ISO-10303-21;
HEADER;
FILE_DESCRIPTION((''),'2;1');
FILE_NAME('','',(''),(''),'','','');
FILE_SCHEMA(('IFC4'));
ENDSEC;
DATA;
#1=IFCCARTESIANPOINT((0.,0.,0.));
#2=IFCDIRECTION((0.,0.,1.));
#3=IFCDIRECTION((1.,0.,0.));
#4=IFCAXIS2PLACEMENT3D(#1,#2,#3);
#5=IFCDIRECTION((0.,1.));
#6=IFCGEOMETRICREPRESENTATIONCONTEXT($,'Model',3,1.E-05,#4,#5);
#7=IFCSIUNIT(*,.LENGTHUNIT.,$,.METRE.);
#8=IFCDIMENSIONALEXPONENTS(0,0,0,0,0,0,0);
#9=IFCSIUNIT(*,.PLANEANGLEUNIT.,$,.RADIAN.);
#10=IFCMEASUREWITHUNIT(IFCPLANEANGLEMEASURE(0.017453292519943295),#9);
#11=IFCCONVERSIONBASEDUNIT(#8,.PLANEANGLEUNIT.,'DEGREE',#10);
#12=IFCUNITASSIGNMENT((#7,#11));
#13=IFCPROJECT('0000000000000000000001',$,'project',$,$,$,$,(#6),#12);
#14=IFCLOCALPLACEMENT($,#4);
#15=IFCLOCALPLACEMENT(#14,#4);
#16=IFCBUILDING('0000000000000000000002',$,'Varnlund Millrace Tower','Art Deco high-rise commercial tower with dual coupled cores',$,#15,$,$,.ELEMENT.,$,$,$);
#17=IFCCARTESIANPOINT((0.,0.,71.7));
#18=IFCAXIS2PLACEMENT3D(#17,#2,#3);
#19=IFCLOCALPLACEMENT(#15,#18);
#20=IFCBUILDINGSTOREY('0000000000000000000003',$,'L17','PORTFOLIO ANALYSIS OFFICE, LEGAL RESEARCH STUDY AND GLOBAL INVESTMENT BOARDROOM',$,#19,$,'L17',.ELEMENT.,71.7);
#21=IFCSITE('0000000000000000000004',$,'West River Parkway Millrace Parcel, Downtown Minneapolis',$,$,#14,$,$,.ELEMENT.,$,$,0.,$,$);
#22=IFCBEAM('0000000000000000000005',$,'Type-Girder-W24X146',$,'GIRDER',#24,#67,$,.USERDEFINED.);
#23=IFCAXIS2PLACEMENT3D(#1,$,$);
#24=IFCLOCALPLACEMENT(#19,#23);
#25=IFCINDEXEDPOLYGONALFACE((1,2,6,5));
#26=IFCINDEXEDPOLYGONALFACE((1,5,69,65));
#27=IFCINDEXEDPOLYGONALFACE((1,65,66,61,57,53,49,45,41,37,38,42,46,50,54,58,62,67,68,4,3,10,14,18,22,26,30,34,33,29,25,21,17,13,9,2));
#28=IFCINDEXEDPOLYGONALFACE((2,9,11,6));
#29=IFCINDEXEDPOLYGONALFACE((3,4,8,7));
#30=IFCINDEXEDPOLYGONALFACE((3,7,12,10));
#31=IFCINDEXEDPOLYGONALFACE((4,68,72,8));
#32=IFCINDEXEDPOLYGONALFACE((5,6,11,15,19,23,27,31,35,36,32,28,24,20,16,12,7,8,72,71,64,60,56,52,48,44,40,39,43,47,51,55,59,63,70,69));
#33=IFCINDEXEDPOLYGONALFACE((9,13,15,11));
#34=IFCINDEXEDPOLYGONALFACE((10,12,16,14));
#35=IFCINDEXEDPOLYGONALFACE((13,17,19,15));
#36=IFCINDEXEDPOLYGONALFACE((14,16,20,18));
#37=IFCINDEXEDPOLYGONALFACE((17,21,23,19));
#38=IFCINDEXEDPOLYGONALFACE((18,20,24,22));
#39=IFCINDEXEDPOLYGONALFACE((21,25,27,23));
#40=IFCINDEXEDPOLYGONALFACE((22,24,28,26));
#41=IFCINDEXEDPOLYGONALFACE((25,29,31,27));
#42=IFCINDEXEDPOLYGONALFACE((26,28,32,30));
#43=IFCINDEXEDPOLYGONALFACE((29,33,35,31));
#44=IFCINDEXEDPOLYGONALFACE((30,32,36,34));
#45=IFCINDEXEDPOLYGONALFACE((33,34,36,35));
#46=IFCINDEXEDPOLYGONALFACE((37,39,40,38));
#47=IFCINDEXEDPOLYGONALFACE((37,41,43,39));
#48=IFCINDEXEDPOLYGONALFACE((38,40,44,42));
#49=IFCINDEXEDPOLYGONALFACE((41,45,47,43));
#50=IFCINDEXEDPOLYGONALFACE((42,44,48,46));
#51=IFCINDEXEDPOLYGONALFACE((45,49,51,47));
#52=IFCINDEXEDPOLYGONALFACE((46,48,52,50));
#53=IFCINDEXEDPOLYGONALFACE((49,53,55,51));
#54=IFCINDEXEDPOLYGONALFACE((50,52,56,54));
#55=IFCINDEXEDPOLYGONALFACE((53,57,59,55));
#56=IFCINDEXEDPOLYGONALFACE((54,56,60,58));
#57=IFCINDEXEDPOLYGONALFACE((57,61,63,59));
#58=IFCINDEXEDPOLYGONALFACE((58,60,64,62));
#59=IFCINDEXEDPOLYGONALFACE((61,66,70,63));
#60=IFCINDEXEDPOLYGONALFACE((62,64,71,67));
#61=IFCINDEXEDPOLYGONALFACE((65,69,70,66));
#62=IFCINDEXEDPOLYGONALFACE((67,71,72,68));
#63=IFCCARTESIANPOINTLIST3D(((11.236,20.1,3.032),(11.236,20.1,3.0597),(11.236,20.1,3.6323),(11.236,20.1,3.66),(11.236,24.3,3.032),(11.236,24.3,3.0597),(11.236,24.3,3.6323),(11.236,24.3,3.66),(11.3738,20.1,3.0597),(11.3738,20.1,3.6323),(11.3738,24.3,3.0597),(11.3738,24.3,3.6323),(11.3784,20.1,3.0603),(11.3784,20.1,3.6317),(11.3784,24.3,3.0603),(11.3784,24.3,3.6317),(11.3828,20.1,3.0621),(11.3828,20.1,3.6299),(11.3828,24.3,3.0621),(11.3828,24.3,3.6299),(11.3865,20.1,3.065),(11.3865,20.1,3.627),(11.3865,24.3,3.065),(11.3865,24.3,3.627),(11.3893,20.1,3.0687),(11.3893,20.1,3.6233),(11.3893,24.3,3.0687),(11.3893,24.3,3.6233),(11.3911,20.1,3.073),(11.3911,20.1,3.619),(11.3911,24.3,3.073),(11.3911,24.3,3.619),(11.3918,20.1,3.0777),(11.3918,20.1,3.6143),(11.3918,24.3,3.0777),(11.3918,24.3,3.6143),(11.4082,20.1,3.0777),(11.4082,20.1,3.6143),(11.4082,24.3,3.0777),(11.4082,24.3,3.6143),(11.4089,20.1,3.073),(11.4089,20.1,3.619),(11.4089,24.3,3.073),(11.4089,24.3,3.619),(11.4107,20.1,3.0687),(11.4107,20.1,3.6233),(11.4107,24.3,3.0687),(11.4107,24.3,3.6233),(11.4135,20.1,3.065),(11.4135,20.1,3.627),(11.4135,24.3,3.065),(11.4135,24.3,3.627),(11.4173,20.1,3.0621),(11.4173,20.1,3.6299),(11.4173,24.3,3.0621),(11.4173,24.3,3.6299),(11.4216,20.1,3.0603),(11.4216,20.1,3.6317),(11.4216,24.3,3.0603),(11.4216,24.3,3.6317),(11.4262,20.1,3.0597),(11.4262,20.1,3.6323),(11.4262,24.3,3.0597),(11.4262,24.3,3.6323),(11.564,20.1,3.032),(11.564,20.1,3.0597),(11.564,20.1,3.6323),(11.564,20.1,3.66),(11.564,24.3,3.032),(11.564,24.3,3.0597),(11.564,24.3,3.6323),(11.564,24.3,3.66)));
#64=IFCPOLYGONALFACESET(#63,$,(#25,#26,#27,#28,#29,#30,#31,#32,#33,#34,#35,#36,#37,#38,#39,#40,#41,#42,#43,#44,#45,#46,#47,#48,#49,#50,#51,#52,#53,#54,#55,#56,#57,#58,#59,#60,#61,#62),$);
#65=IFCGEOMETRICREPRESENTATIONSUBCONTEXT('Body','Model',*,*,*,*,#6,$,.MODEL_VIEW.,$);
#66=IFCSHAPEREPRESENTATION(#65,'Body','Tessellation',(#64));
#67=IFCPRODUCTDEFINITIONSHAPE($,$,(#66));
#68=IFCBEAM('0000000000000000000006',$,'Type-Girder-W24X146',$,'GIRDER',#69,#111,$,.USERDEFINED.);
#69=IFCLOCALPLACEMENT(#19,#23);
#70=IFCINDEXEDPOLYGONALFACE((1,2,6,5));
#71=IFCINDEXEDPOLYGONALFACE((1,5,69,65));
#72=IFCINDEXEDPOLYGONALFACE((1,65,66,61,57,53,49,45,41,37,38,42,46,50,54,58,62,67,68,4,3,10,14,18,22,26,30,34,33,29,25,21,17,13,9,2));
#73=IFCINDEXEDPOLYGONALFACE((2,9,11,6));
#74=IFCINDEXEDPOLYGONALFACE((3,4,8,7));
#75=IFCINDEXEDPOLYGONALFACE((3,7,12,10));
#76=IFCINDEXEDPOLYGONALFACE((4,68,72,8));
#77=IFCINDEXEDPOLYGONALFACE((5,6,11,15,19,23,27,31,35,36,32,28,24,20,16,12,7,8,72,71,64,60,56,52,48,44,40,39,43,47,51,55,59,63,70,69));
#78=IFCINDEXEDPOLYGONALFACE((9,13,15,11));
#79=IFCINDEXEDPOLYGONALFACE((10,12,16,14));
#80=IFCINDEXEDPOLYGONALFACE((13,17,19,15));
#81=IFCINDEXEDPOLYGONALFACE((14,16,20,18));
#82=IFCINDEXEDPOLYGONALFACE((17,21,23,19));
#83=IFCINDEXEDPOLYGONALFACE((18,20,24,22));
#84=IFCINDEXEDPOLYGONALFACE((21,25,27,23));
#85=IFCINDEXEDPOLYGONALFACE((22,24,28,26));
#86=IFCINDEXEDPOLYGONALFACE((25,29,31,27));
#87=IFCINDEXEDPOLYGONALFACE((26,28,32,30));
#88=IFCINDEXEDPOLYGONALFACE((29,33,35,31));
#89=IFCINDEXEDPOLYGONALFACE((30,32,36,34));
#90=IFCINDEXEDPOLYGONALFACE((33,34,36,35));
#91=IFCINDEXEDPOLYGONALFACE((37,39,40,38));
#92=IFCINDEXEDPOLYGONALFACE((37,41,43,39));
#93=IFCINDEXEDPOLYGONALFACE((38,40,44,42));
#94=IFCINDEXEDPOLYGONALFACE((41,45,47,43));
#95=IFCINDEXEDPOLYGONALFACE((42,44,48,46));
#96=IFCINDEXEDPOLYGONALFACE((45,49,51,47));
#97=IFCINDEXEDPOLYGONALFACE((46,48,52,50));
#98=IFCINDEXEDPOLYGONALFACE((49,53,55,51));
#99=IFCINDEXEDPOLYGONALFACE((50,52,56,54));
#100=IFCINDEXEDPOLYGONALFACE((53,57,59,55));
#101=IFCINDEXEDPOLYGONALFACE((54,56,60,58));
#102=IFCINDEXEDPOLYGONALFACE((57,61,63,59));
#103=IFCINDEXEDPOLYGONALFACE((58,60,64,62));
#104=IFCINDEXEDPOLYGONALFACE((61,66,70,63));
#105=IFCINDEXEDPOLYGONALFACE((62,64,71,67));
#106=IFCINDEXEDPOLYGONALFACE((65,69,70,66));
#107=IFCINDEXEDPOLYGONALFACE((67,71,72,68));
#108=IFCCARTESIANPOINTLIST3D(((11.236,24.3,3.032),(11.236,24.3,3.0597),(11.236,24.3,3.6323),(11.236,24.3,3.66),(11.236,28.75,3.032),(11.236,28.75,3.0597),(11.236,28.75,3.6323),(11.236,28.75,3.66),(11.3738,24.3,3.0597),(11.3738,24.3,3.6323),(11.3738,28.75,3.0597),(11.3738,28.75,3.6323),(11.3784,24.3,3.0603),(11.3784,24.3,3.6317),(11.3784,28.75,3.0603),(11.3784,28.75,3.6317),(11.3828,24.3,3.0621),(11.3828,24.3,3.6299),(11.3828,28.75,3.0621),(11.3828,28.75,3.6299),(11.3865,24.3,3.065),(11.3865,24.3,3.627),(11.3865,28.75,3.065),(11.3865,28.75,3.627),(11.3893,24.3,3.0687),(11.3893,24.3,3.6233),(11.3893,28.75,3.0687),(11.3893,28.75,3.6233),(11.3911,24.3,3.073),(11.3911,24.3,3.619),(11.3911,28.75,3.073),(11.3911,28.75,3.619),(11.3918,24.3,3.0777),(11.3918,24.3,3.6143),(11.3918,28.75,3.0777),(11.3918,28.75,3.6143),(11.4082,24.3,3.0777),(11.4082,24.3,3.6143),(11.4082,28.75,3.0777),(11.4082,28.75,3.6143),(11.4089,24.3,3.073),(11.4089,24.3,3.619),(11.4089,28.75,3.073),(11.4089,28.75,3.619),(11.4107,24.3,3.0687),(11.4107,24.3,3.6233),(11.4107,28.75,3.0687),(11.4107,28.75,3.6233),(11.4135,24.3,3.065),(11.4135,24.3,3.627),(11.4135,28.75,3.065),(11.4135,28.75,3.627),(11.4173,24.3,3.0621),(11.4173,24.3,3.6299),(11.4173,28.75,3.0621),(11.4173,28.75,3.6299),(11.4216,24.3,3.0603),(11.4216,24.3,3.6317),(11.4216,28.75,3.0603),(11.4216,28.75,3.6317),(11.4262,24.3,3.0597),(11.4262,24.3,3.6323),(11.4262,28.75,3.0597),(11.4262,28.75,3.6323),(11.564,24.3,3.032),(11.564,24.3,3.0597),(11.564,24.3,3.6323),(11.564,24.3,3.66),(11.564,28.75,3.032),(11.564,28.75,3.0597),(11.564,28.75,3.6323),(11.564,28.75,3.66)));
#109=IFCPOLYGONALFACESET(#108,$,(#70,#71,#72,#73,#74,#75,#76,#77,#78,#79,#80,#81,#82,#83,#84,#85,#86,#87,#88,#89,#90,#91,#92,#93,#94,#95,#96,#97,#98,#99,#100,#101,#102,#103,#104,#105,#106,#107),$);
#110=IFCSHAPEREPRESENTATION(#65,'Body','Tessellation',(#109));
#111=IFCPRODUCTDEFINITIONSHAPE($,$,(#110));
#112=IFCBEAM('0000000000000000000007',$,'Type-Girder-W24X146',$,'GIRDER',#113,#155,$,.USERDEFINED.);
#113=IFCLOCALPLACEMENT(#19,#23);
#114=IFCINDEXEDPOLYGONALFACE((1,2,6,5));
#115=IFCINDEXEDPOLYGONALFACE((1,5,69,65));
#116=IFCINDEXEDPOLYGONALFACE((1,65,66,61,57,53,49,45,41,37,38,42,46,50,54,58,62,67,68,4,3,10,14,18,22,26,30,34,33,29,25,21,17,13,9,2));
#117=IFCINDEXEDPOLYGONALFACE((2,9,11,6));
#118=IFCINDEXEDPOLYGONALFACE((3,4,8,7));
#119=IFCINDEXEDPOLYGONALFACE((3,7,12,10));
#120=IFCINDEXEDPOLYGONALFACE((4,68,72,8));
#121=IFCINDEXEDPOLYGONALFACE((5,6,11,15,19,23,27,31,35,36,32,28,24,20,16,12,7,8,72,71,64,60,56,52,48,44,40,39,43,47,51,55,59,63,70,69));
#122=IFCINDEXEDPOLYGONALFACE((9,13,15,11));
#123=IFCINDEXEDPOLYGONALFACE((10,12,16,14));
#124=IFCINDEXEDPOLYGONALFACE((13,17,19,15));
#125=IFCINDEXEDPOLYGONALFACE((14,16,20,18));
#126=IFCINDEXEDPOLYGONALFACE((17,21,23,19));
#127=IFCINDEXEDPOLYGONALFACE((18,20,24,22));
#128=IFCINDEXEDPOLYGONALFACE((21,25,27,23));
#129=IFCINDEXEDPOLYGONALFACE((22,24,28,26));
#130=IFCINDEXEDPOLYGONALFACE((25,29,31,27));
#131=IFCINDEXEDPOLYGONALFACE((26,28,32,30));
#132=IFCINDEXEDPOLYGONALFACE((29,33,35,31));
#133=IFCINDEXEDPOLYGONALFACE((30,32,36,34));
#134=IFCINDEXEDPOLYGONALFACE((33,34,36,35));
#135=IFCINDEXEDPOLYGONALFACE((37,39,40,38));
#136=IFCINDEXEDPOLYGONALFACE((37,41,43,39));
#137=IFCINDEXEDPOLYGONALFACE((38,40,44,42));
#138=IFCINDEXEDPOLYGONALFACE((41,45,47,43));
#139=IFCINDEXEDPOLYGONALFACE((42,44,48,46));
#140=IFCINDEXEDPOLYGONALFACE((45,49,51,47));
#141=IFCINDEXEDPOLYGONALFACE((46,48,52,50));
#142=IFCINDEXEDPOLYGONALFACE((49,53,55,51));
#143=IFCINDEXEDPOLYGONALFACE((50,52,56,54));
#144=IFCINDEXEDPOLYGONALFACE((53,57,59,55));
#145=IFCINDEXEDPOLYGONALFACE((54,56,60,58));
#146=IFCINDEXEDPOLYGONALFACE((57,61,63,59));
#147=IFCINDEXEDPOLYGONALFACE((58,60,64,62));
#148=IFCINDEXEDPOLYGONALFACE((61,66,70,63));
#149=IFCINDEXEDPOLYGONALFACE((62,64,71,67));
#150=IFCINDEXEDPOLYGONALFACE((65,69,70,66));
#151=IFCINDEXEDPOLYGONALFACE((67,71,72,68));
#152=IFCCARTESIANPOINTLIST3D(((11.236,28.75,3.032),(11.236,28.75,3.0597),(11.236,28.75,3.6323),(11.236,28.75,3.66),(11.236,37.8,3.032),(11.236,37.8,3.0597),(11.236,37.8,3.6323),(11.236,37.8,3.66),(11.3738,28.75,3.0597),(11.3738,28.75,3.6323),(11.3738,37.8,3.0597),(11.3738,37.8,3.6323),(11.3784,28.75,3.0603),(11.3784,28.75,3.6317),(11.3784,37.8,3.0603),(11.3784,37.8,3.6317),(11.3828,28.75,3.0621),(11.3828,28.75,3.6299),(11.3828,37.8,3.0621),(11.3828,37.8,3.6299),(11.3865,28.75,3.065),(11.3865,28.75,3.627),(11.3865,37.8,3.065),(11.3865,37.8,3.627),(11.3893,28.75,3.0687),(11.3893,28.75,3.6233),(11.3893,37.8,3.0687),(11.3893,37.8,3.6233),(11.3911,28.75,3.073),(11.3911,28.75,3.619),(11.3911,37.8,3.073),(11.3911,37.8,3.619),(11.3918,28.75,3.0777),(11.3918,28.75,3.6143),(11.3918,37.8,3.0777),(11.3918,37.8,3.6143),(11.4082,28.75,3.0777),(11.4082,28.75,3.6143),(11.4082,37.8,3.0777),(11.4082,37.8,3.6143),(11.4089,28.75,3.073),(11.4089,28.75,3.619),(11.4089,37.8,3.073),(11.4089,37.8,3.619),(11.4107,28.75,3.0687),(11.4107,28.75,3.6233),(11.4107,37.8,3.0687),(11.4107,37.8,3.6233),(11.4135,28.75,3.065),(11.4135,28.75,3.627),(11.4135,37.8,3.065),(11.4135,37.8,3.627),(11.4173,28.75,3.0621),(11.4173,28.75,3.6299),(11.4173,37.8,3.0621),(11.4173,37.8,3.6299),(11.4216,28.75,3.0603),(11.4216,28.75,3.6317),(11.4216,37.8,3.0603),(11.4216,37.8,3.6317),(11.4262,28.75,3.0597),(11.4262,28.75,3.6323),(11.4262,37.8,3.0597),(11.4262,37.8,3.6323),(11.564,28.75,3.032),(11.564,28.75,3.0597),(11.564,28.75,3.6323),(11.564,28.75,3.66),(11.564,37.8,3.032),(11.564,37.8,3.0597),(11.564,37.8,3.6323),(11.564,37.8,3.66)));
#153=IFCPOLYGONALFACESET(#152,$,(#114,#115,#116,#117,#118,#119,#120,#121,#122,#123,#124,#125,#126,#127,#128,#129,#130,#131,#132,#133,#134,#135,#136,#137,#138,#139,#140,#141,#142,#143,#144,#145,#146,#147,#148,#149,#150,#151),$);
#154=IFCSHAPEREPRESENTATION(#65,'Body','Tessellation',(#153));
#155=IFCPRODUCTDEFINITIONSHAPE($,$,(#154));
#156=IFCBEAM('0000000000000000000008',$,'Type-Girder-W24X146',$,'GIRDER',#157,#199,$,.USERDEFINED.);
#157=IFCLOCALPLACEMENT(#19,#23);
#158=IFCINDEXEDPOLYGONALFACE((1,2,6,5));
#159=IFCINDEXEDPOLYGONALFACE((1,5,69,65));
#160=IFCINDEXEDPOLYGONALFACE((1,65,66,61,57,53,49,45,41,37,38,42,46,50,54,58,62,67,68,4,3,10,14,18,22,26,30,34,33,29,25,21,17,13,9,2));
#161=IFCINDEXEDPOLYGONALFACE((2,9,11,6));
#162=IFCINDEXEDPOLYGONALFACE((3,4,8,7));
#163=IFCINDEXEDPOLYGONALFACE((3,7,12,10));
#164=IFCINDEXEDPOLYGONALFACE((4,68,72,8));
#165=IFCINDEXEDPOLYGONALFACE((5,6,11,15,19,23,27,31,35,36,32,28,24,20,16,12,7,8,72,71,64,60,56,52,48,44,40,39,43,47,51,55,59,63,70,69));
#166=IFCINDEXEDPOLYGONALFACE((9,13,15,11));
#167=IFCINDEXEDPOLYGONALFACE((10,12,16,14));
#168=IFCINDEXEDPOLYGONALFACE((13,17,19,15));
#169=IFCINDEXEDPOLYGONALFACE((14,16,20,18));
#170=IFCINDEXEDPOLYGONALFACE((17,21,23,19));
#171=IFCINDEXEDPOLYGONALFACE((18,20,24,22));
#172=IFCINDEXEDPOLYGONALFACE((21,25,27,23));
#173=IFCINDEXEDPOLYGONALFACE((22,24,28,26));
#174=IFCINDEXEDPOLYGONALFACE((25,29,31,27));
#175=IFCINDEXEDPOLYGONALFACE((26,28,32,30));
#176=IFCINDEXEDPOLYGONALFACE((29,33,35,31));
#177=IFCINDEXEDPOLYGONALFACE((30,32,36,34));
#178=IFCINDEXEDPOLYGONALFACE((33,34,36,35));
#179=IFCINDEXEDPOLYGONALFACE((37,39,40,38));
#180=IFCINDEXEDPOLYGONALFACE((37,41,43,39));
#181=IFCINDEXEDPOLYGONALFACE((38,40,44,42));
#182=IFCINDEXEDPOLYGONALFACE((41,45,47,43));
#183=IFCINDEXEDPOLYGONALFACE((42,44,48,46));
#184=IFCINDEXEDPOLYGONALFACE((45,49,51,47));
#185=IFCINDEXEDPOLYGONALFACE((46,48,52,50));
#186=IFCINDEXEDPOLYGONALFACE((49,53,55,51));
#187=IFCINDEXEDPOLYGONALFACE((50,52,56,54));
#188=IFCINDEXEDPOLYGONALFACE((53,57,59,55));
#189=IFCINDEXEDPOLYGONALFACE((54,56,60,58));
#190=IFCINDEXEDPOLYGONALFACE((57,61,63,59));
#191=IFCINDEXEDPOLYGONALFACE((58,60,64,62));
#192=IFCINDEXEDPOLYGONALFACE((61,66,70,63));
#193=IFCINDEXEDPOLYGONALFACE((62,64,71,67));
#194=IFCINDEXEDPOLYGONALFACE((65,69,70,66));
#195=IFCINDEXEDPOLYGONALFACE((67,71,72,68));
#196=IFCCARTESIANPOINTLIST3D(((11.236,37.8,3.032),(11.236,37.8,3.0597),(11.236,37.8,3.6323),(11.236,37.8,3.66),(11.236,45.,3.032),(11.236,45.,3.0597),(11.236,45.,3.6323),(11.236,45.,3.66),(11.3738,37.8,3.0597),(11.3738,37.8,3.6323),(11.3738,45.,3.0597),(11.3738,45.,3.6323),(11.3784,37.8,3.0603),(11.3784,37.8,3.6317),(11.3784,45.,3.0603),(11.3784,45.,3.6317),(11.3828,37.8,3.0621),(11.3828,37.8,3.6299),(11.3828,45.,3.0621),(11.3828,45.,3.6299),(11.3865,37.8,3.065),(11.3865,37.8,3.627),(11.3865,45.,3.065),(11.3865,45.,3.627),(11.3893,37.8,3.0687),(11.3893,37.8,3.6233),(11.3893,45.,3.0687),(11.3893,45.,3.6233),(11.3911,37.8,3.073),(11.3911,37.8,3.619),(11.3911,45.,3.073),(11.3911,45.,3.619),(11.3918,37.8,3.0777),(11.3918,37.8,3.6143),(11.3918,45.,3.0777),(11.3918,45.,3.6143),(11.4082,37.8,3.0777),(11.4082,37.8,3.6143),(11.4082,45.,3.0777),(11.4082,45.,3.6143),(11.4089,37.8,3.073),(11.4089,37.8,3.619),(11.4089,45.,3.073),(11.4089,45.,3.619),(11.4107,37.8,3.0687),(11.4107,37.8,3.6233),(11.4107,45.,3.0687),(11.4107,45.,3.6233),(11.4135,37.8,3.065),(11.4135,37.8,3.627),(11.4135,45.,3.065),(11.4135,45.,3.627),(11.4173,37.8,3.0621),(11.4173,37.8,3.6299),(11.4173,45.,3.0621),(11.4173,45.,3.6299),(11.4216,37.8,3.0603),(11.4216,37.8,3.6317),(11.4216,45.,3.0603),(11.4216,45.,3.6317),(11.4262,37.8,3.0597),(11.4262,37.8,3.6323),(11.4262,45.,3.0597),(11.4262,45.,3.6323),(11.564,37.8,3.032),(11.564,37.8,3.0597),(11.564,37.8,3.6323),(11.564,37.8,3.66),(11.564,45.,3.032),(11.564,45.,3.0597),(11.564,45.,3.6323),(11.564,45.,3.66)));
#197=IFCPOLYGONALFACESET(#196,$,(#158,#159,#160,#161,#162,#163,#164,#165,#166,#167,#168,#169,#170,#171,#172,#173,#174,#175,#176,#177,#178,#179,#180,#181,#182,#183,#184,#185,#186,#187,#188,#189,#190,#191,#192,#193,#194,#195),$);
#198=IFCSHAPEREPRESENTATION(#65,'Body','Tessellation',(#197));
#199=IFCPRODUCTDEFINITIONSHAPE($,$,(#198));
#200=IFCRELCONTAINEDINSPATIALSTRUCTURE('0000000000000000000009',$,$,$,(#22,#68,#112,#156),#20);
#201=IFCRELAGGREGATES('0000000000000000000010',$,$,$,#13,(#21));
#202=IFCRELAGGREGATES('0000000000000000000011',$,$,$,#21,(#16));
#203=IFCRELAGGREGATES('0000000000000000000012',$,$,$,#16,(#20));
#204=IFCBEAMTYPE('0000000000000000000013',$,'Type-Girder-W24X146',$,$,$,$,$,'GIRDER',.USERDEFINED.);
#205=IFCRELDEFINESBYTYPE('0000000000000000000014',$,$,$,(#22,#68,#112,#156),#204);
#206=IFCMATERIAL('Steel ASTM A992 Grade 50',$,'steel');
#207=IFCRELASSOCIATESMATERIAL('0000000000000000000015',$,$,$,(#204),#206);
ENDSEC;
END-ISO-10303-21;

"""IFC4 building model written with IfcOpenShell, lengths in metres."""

from ifc_helpers import new_model, entity, si_unit, converted_unit, direction, frame, origin_with_axes, origin_2d_with_axis, place, context, subcontext, project, spatial, i_section, extrude, material, material_profile, profile_set, type_object, element, save


model = new_model("IFC4")

# Units and contexts
model_context = context("Model", 3, precision=1e-05, world=origin_with_axes(), true_north=direction((0.0, 1.0)))
body_context = subcontext(model_context, "Body", "Model", "MODEL_VIEW")
ifc_project = project(units=[si_unit("LENGTHUNIT", "METRE"), converted_unit("PLANEANGLEUNIT", "DEGREE", entity("IfcPlaneAngleMeasure", 0.017453292519943295), si_unit("PLANEANGLEUNIT", "RADIAN"), dimensions=[0, 0, 0, 0, 0, 0, 0])], contexts=[model_context])

# Site, building, storey
site_placement = place(None, origin_with_axes())
site = spatial("IfcSite", under=ifc_project, at=site_placement, Name="West River Parkway Millrace Parcel, Downtown Minneapolis", CompositionType="ELEMENT", RefElevation=0.0)
building_placement = place(site_placement, origin_with_axes())
building = spatial("IfcBuilding", under=site, at=building_placement, Name="Varnlund Millrace Tower", Description="Art Deco high-rise commercial tower with dual coupled cores", CompositionType="ELEMENT")
storey_placement = place(building_placement, frame((0.0, 0.0, 71.7), z_axis=(0.0, 0.0, 1.0), x_axis=(1.0, 0.0, 0.0)))
storey = spatial("IfcBuildingStorey", under=building, at=storey_placement, Name="L17", Description="PORTFOLIO ANALYSIS OFFICE, LEGAL RESEARCH STUDY AND GLOBAL INVESTMENT BOARDROOM", LongName="L17", CompositionType="ELEMENT", Elevation=71.7)

# Beams
ifc_material_1 = material(Name="Steel ASTM A992 Grade 50", Category="steel")
ifc_material_profile_1 = material_profile(ifc_material_1, i_section(OverallWidth=0.328, OverallDepth=0.628, WebThickness=0.0165, FlangeThickness=0.0277, FilletRadius=0.018, at=origin_2d_with_axis()), Name="Steel ASTM A992 Grade 50")
ifc_profile_set_1 = profile_set([ifc_material_profile_1], Name="Steel ASTM A992 Grade 50")
beam_type_1 = type_object("IfcBeamType", Name="Type-Girder-W24X146", ElementType="GIRDER", PredefinedType="USERDEFINED", material=ifc_profile_set_1)
beam_1_placement = place(storey_placement, frame((11.4, 20.1, 3.346), z_axis=(0.0, 1.0, 0.0), x_axis=(-1.0, 0.0, 0.0)))
element("IfcBeam", 1, at=beam_1_placement, inside=storey, type_object=beam_type_1, Name="Type-Girder-W24X146", ObjectType="GIRDER", PredefinedType="USERDEFINED", context=body_context, shape_type="SweptSolid", body=[
    extrude(i_section(OverallWidth=0.328, OverallDepth=0.628, WebThickness=0.0165, FlangeThickness=0.0277, FilletRadius=0.018, at=origin_2d_with_axis()), origin_with_axes(), (0.0, 0.0, 1.0), 4.2),
])
beam_2_placement = place(storey_placement, frame((11.4, 24.3, 3.346), z_axis=(0.0, 1.0, 0.0), x_axis=(-1.0, 0.0, 0.0)))
element("IfcBeam", 2, at=beam_2_placement, inside=storey, type_object=beam_type_1, Name="Type-Girder-W24X146", ObjectType="GIRDER", PredefinedType="USERDEFINED", context=body_context, shape_type="SweptSolid", body=[
    extrude(i_section(OverallWidth=0.328, OverallDepth=0.628, WebThickness=0.0165, FlangeThickness=0.0277, FilletRadius=0.018, at=origin_2d_with_axis()), origin_with_axes(), (0.0, 0.0, 1.0), 4.45),
])
beam_3_placement = place(storey_placement, frame((11.4, 28.75, 3.346), z_axis=(0.0, 1.0, 0.0), x_axis=(-1.0, 0.0, 0.0)))
element("IfcBeam", 3, at=beam_3_placement, inside=storey, type_object=beam_type_1, Name="Type-Girder-W24X146", ObjectType="GIRDER", PredefinedType="USERDEFINED", context=body_context, shape_type="SweptSolid", body=[
    extrude(i_section(OverallWidth=0.328, OverallDepth=0.628, WebThickness=0.0165, FlangeThickness=0.0277, FilletRadius=0.018, at=origin_2d_with_axis()), origin_with_axes(), (0.0, 0.0, 1.0), 9.05),
])
beam_4_placement = place(storey_placement, frame((11.4, 37.8, 3.346), z_axis=(0.0, 1.0, 0.0), x_axis=(-1.0, 0.0, 0.0)))
element("IfcBeam", 4, at=beam_4_placement, inside=storey, type_object=beam_type_1, Name="Type-Girder-W24X146", ObjectType="GIRDER", PredefinedType="USERDEFINED", context=body_context, shape_type="SweptSolid", body=[
    extrude(i_section(OverallWidth=0.328, OverallDepth=0.628, WebThickness=0.0165, FlangeThickness=0.0277, FilletRadius=0.018, at=origin_2d_with_axis()), origin_with_axes(), (0.0, 0.0, 1.0), 7.2),
])

save(model, "model.ifc")
